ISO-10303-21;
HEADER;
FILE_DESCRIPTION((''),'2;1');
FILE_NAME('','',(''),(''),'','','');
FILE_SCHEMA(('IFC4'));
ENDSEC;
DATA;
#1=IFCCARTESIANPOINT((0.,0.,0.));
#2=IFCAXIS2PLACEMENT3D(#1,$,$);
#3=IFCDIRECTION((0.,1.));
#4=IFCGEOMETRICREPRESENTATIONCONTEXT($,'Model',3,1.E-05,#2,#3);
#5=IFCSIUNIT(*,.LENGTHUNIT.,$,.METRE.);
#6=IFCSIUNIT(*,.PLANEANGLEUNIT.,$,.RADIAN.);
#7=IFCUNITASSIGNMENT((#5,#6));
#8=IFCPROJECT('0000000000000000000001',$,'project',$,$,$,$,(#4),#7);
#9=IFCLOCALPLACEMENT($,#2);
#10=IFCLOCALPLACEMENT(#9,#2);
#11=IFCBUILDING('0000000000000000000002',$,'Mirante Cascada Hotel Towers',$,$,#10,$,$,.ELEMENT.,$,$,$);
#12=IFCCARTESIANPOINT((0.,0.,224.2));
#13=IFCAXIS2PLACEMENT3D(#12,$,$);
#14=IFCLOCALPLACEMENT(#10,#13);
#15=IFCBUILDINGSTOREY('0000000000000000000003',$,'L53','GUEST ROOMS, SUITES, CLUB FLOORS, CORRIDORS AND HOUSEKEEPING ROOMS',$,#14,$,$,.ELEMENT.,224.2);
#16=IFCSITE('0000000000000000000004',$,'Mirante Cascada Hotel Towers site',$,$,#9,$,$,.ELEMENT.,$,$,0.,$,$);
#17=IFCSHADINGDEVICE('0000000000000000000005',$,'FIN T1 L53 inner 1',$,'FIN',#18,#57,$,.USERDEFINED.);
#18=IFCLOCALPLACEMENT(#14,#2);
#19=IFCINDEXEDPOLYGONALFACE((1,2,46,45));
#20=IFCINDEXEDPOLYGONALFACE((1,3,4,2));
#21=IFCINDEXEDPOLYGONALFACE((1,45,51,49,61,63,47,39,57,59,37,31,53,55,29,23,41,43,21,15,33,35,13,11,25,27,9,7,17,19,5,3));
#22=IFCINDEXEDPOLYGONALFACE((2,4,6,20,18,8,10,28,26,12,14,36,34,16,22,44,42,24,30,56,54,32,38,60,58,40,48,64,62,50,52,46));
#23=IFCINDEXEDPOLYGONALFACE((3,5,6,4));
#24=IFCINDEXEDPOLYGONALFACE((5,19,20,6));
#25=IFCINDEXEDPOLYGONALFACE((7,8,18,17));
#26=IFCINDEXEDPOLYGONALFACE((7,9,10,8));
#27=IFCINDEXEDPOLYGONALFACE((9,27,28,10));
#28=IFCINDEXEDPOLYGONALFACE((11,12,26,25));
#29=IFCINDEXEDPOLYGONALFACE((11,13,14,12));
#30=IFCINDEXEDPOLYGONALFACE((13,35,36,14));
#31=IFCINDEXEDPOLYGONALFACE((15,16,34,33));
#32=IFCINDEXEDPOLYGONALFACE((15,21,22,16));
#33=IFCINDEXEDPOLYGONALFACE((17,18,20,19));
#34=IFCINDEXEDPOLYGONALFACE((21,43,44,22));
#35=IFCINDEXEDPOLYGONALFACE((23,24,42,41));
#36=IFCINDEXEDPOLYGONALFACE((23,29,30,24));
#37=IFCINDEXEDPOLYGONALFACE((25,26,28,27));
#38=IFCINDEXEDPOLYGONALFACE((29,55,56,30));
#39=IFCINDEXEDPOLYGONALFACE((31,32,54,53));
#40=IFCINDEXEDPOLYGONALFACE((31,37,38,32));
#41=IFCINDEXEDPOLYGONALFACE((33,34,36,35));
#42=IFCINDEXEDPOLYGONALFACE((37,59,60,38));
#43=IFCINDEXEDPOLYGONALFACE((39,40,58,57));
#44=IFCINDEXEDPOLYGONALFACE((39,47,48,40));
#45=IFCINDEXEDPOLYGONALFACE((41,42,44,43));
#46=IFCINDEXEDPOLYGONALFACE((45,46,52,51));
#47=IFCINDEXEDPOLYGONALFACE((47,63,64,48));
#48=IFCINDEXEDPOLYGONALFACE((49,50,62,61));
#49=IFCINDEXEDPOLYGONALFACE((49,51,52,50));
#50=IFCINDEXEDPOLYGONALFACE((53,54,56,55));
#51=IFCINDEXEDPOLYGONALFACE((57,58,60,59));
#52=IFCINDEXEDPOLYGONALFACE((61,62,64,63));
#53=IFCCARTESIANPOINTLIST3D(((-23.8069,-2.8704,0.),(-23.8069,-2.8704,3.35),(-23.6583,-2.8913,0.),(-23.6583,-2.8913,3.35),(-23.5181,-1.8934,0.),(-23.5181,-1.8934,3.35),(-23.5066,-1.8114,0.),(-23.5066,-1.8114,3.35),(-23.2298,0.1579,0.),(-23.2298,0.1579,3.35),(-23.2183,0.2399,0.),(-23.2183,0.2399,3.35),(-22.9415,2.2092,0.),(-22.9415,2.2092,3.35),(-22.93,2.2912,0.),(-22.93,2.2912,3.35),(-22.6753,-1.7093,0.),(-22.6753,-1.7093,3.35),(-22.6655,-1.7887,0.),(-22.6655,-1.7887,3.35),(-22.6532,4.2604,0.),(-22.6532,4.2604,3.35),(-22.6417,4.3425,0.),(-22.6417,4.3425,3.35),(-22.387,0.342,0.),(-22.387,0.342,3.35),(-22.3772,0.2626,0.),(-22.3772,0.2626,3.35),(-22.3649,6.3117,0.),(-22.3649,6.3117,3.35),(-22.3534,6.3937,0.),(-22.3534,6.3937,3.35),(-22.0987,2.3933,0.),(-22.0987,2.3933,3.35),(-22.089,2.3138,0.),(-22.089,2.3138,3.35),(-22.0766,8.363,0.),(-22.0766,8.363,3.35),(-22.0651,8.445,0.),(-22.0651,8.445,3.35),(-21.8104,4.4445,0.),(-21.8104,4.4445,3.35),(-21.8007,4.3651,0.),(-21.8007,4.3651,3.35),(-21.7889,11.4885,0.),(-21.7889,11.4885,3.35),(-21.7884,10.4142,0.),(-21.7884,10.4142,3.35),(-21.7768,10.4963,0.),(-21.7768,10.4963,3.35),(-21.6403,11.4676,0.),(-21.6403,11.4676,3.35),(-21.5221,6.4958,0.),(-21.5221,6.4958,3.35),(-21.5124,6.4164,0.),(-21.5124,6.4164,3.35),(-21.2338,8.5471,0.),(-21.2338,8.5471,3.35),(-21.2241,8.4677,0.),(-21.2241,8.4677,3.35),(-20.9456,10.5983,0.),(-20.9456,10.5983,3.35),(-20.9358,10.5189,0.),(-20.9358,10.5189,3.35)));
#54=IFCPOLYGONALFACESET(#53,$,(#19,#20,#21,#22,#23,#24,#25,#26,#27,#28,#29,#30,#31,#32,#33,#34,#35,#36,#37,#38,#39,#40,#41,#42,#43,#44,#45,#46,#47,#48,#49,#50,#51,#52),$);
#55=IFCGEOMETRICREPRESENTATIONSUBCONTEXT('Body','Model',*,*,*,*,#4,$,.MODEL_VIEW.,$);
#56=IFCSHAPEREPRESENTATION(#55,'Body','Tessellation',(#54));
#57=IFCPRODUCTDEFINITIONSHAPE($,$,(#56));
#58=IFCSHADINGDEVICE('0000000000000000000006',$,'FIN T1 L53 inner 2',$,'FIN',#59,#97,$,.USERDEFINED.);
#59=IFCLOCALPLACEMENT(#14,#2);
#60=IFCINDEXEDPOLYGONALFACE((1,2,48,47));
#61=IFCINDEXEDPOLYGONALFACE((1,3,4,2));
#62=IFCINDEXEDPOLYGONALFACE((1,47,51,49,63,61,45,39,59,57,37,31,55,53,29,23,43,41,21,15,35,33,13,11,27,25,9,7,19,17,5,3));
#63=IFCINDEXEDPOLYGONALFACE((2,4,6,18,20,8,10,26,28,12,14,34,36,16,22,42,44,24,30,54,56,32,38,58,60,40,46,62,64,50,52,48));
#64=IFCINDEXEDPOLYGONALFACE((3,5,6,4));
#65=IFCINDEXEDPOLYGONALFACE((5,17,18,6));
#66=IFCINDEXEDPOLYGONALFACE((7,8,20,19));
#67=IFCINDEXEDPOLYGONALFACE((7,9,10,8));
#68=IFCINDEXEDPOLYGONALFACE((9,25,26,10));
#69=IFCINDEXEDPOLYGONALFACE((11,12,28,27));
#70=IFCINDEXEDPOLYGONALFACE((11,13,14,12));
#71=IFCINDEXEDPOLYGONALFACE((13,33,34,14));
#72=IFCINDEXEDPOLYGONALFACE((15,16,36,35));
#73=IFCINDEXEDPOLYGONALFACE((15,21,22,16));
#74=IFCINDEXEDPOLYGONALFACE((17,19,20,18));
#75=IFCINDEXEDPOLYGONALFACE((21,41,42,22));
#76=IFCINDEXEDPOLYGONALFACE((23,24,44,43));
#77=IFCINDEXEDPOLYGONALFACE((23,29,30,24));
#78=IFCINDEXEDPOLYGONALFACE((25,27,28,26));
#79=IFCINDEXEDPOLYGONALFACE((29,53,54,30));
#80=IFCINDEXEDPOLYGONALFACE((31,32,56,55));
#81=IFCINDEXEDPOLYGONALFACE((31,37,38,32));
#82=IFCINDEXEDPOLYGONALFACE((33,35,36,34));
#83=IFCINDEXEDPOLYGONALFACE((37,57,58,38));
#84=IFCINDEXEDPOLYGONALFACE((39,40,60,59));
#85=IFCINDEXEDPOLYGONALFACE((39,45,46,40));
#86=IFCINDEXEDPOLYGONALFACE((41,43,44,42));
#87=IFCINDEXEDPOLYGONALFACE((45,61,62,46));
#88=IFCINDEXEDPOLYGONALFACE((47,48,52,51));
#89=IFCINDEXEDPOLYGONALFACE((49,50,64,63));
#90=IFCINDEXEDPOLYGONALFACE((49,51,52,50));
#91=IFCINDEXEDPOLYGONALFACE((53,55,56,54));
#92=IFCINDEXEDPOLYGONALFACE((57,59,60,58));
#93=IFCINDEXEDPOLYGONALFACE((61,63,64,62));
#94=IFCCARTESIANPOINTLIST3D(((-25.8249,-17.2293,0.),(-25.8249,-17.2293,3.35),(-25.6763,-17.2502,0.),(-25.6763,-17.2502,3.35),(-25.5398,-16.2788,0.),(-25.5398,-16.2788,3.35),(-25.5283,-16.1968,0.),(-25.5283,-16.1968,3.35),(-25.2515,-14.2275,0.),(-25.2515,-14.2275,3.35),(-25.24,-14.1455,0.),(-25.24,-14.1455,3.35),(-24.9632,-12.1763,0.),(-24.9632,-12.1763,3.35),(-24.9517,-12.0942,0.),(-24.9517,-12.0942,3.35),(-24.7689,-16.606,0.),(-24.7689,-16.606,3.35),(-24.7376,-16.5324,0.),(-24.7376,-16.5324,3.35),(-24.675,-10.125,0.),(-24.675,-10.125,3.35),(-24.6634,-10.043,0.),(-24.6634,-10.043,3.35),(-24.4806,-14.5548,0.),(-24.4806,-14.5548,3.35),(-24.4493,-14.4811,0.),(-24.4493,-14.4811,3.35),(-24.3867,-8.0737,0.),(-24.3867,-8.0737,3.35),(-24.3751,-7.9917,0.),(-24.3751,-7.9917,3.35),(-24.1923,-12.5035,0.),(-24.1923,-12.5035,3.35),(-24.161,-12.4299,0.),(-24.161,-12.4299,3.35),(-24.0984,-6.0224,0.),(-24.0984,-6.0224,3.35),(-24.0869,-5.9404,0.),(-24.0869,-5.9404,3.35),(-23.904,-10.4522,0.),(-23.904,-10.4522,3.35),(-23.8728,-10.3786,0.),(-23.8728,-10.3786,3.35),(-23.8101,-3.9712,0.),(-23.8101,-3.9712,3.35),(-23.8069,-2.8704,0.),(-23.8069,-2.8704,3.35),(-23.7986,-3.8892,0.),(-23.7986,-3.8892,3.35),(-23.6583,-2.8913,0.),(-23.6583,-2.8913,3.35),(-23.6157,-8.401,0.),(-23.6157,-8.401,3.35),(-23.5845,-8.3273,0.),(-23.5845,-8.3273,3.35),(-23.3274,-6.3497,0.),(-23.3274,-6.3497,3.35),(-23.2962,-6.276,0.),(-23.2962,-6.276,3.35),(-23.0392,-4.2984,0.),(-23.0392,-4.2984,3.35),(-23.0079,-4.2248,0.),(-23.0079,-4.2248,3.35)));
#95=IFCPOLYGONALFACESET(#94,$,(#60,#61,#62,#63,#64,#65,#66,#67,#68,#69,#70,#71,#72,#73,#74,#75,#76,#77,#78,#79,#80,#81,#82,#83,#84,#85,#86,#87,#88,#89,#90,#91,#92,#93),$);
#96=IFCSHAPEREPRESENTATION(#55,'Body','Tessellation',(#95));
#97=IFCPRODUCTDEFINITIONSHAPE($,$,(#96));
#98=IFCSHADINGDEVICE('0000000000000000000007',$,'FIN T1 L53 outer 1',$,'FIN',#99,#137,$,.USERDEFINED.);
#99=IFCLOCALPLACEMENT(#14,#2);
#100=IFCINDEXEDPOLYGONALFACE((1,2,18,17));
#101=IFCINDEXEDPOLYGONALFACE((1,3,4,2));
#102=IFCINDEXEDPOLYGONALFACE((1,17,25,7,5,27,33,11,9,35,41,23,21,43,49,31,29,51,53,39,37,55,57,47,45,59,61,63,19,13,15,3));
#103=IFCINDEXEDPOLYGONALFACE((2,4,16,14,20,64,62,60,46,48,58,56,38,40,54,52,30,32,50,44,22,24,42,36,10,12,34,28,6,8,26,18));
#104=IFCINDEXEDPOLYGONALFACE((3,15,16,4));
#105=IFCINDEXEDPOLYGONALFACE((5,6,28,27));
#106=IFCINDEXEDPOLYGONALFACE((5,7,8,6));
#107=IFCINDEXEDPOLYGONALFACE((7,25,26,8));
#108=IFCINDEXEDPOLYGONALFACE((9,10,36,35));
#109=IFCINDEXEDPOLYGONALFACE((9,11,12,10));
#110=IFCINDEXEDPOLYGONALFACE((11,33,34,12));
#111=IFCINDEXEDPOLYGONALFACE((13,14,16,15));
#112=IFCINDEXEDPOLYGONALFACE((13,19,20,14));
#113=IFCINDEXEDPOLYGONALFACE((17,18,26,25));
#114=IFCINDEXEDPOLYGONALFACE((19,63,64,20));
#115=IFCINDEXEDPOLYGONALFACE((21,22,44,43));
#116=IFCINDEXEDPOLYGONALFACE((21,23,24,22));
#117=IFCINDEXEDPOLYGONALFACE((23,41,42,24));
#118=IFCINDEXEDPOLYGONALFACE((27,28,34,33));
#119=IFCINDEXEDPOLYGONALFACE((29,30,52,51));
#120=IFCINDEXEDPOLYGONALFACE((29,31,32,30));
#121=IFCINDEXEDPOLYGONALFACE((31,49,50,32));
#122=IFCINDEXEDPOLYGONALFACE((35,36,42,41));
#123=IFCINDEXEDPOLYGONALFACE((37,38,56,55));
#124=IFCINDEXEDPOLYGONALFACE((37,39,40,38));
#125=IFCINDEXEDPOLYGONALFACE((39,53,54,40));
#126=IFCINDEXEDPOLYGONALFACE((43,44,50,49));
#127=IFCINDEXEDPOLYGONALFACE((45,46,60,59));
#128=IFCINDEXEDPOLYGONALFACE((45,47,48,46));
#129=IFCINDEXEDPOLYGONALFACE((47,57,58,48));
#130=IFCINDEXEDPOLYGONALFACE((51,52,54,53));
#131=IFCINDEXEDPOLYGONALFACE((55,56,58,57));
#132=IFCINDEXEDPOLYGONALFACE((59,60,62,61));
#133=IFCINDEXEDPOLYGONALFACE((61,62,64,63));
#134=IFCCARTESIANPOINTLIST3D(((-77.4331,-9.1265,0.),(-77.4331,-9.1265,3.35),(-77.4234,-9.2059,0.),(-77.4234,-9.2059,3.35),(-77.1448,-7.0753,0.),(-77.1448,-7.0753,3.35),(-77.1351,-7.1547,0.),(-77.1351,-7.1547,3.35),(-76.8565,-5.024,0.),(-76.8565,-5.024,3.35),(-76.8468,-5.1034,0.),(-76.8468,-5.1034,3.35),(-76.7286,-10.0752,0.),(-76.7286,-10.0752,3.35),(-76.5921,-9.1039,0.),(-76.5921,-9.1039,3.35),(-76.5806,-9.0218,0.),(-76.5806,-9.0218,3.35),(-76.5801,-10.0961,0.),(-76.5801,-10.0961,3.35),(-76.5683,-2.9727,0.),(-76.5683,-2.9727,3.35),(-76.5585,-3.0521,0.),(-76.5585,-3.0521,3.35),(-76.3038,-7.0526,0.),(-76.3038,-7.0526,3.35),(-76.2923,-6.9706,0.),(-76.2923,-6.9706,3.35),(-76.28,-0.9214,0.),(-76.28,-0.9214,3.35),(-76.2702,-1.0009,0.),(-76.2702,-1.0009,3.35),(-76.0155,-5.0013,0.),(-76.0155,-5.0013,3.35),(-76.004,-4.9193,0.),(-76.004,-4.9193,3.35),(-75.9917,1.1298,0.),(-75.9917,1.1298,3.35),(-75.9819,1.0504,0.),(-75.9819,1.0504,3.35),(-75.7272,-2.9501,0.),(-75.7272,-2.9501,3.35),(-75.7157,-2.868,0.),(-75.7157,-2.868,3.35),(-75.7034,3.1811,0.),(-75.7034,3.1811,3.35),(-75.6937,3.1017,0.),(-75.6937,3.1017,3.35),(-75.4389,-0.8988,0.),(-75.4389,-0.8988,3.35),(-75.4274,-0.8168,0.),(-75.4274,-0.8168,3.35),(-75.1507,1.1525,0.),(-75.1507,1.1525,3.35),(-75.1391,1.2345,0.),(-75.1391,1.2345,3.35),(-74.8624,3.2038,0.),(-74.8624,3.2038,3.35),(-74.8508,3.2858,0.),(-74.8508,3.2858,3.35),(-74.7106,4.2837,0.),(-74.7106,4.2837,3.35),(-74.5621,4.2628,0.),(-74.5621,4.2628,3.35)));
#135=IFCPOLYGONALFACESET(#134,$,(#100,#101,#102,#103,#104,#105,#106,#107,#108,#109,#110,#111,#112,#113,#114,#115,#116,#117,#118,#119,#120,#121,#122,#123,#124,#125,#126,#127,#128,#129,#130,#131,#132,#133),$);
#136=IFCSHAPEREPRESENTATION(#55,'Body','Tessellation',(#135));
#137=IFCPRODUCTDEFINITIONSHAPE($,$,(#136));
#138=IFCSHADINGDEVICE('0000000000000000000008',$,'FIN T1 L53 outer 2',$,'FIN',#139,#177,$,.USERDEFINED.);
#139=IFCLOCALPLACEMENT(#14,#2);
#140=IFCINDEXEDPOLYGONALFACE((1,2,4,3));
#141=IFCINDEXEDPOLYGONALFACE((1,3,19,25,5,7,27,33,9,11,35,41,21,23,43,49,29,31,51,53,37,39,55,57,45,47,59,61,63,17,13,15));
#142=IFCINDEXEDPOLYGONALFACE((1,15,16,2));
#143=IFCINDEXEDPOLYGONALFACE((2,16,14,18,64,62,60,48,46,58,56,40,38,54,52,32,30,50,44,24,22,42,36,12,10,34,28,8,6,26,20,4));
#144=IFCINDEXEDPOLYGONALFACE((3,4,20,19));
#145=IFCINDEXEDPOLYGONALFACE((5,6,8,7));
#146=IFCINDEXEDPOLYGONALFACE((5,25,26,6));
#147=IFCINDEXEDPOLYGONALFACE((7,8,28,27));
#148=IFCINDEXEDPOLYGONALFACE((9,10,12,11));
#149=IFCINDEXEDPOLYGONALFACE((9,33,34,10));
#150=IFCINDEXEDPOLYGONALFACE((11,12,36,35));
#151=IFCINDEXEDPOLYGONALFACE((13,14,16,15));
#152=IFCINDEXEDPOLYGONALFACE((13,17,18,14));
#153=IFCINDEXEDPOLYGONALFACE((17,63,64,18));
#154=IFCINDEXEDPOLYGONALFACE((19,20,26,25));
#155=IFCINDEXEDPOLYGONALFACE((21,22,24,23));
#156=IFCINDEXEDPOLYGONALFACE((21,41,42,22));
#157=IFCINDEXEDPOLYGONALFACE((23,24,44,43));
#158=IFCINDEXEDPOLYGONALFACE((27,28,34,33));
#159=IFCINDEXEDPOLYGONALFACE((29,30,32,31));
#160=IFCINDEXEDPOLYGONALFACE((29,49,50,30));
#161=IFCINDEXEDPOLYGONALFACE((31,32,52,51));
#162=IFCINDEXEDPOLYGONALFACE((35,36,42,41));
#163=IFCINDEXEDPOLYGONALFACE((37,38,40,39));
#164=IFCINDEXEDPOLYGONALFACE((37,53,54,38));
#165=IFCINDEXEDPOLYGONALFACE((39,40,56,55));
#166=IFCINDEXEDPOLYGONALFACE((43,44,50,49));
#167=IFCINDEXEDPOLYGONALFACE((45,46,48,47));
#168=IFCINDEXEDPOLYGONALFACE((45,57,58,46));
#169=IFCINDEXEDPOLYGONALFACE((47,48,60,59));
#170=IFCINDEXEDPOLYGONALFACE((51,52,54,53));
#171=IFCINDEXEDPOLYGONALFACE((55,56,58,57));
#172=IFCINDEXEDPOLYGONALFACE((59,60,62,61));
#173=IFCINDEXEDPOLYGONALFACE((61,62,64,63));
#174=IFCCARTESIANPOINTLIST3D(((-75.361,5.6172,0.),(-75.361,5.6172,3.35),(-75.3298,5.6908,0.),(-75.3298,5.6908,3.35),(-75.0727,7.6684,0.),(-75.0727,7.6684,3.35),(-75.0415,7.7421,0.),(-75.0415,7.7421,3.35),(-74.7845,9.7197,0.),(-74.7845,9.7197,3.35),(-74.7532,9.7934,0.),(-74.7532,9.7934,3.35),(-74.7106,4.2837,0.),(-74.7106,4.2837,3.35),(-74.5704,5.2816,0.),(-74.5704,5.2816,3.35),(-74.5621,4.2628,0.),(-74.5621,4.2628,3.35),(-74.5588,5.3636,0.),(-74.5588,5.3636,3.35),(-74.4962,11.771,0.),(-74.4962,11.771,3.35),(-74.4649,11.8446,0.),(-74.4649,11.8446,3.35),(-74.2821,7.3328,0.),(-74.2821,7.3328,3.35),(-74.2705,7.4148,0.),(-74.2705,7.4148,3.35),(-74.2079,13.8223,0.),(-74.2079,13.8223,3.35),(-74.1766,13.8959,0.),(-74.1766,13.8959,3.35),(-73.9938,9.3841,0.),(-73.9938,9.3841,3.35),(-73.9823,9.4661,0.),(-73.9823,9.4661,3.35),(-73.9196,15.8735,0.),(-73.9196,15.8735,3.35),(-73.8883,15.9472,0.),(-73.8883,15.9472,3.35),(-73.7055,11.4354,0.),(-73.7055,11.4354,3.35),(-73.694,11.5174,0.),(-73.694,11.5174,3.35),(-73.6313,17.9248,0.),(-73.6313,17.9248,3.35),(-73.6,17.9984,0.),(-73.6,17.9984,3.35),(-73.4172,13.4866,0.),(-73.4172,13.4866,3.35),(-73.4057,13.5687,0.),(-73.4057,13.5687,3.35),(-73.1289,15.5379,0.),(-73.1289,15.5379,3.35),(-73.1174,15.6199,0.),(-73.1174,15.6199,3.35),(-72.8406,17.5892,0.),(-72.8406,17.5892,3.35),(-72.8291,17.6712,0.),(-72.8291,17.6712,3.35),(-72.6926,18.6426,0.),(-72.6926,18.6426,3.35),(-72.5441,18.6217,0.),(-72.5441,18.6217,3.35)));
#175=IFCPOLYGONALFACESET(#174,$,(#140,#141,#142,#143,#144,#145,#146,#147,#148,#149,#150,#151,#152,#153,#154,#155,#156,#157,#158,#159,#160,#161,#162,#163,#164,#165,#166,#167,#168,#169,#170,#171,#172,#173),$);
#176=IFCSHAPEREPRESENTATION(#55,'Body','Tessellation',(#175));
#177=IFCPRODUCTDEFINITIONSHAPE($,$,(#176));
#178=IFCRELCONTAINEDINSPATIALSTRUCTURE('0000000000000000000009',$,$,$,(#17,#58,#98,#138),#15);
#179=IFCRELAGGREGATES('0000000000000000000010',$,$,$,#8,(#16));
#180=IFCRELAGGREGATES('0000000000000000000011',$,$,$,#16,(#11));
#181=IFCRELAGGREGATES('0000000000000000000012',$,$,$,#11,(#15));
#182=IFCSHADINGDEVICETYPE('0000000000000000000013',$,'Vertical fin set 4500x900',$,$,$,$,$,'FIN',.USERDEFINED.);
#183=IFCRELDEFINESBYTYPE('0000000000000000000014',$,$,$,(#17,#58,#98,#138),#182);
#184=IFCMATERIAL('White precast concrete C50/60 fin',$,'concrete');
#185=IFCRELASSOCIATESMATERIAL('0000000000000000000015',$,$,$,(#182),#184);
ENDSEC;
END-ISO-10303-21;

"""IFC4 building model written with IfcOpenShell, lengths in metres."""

from ifc_helpers import new_model, si_unit, direction, frame, origin, place, context, subcontext, project, spatial, polyline, outline, extrude, material, type_object, element, save


model = new_model("IFC4")

# Units and contexts
model_context = context("Model", 3, precision=1e-05, world=origin(), true_north=direction((0.0, 1.0)))
body_context = subcontext(model_context, "Body", "Model", "MODEL_VIEW")
ifc_project = project(units=[si_unit("LENGTHUNIT", "METRE"), si_unit("PLANEANGLEUNIT", "RADIAN")], contexts=[model_context])

# Site, building, storey
site_placement = place(None, origin())
site = spatial("IfcSite", under=ifc_project, at=site_placement, Name="Mirante Cascada Hotel Towers site", CompositionType="ELEMENT", RefElevation=0.0)
building_placement = place(site_placement, origin())
building = spatial("IfcBuilding", under=site, at=building_placement, Name="Mirante Cascada Hotel Towers", CompositionType="ELEMENT")
storey_placement = place(building_placement, frame((0.0, 0.0, 224.2)))
storey = spatial("IfcBuildingStorey", under=building, at=storey_placement, Name="L53", Description="GUEST ROOMS, SUITES, CLUB FLOORS, CORRIDORS AND HOUSEKEEPING ROOMS", CompositionType="ELEMENT", Elevation=224.2)

# Shading devices
ifc_material_1 = material(Name="White precast concrete C50/60 fin", Category="concrete")
shading_device_type = type_object("IfcShadingDeviceType", Name="Vertical fin set 4500x900", ElementType="FIN", PredefinedType="USERDEFINED", material=ifc_material_1)
shading_device_1_placement = place(storey_placement, origin())
element("IfcShadingDevice", 1, at=shading_device_1_placement, inside=storey, type_object=shading_device_type, Name="FIN T1 L53 inner 1", ObjectType="FIN", PredefinedType="USERDEFINED", context=body_context, shape_type="SweptSolid", body=[
    extrude(outline(polyline([(-23.5181, -1.8934), (-23.6583, -2.8913), (-23.8069, -2.8704), (-21.7889, 11.4885), (-21.6403, 11.4676), (-21.7768, 10.4963), (-20.9456, 10.5983), (-20.9358, 10.5189), (-21.7884, 10.4142), (-22.0651, 8.445), (-21.2338, 8.5471), (-21.2241, 8.4677), (-22.0766, 8.363), (-22.3534, 6.3937), (-21.5221, 6.4958), (-21.5124, 6.4164), (-22.3649, 6.3117), (-22.6417, 4.3425), (-21.8104, 4.4445), (-21.8007, 4.3651), (-22.6532, 4.2604), (-22.93, 2.2912), (-22.0987, 2.3933), (-22.089, 2.3138), (-22.9415, 2.2092), (-23.2183, 0.2399), (-22.387, 0.342), (-22.3772, 0.2626), (-23.2298, 0.1579), (-23.5066, -1.8114), (-22.6753, -1.7093), (-22.6655, -1.7887), (-23.5181, -1.8934)])), origin(), (0.0, 0.0, 1.0), 3.35),
])
shading_device_2_placement = place(storey_placement, origin())
element("IfcShadingDevice", 2, at=shading_device_2_placement, inside=storey, type_object=shading_device_type, Name="FIN T1 L53 inner 2", ObjectType="FIN", PredefinedType="USERDEFINED", context=body_context, shape_type="SweptSolid", body=[
    extrude(outline(polyline([(-25.5398, -16.2788), (-25.6763, -17.2502), (-25.8249, -17.2293), (-23.8069, -2.8704), (-23.6583, -2.8913), (-23.7986, -3.8892), (-23.0079, -4.2248), (-23.0392, -4.2984), (-23.8101, -3.9712), (-24.0869, -5.9404), (-23.2962, -6.276), (-23.3274, -6.3497), (-24.0984, -6.0224), (-24.3751, -7.9917), (-23.5845, -8.3273), (-23.6157, -8.401), (-24.3867, -8.0737), (-24.6634, -10.043), (-23.8728, -10.3786), (-23.904, -10.4522), (-24.675, -10.125), (-24.9517, -12.0942), (-24.161, -12.4299), (-24.1923, -12.5035), (-24.9632, -12.1763), (-25.24, -14.1455), (-24.4493, -14.4811), (-24.4806, -14.5548), (-25.2515, -14.2275), (-25.5283, -16.1968), (-24.7376, -16.5324), (-24.7689, -16.606), (-25.5398, -16.2788)])), origin(), (0.0, 0.0, 1.0), 3.35),
])
shading_device_3_placement = place(storey_placement, origin())
element("IfcShadingDevice", 3, at=shading_device_3_placement, inside=storey, type_object=shading_device_type, Name="FIN T1 L53 outer 1", ObjectType="FIN", PredefinedType="USERDEFINED", context=body_context, shape_type="SweptSolid", body=[
    extrude(outline(polyline([(-76.5806, -9.0218), (-76.3038, -7.0526), (-77.1351, -7.1547), (-77.1448, -7.0753), (-76.2923, -6.9706), (-76.0155, -5.0013), (-76.8468, -5.1034), (-76.8565, -5.024), (-76.004, -4.9193), (-75.7272, -2.9501), (-76.5585, -3.0521), (-76.5683, -2.9727), (-75.7157, -2.868), (-75.4389, -0.8988), (-76.2702, -1.0009), (-76.28, -0.9214), (-75.4274, -0.8168), (-75.1507, 1.1525), (-75.9819, 1.0504), (-75.9917, 1.1298), (-75.1391, 1.2345), (-74.8624, 3.2038), (-75.6937, 3.1017), (-75.7034, 3.1811), (-74.8508, 3.2858), (-74.7106, 4.2837), (-74.5621, 4.2628), (-76.5801, -10.0961), (-76.7286, -10.0752), (-76.5921, -9.1039), (-77.4234, -9.2059), (-77.4331, -9.1265), (-76.5806, -9.0218)])), origin(), (0.0, 0.0, 1.0), 3.35),
])
shading_device_4_placement = place(storey_placement, origin())
element("IfcShadingDevice", 4, at=shading_device_4_placement, inside=storey, type_object=shading_device_type, Name="FIN T1 L53 outer 2", ObjectType="FIN", PredefinedType="USERDEFINED", context=body_context, shape_type="SweptSolid", body=[
    extrude(outline(polyline([(-74.5588, 5.3636), (-74.2821, 7.3328), (-75.0727, 7.6684), (-75.0415, 7.7421), (-74.2705, 7.4148), (-73.9938, 9.3841), (-74.7845, 9.7197), (-74.7532, 9.7934), (-73.9823, 9.4661), (-73.7055, 11.4354), (-74.4962, 11.771), (-74.4649, 11.8446), (-73.694, 11.5174), (-73.4172, 13.4866), (-74.2079, 13.8223), (-74.1766, 13.8959), (-73.4057, 13.5687), (-73.1289, 15.5379), (-73.9196, 15.8735), (-73.8883, 15.9472), (-73.1174, 15.6199), (-72.8406, 17.5892), (-73.6313, 17.9248), (-73.6, 17.9984), (-72.8291, 17.6712), (-72.6926, 18.6426), (-72.5441, 18.6217), (-74.5621, 4.2628), (-74.7106, 4.2837), (-74.5704, 5.2816), (-75.361, 5.6172), (-75.3298, 5.6908), (-74.5588, 5.3636)])), origin(), (0.0, 0.0, 1.0), 3.35),
])

save(model, "model.ifc")
